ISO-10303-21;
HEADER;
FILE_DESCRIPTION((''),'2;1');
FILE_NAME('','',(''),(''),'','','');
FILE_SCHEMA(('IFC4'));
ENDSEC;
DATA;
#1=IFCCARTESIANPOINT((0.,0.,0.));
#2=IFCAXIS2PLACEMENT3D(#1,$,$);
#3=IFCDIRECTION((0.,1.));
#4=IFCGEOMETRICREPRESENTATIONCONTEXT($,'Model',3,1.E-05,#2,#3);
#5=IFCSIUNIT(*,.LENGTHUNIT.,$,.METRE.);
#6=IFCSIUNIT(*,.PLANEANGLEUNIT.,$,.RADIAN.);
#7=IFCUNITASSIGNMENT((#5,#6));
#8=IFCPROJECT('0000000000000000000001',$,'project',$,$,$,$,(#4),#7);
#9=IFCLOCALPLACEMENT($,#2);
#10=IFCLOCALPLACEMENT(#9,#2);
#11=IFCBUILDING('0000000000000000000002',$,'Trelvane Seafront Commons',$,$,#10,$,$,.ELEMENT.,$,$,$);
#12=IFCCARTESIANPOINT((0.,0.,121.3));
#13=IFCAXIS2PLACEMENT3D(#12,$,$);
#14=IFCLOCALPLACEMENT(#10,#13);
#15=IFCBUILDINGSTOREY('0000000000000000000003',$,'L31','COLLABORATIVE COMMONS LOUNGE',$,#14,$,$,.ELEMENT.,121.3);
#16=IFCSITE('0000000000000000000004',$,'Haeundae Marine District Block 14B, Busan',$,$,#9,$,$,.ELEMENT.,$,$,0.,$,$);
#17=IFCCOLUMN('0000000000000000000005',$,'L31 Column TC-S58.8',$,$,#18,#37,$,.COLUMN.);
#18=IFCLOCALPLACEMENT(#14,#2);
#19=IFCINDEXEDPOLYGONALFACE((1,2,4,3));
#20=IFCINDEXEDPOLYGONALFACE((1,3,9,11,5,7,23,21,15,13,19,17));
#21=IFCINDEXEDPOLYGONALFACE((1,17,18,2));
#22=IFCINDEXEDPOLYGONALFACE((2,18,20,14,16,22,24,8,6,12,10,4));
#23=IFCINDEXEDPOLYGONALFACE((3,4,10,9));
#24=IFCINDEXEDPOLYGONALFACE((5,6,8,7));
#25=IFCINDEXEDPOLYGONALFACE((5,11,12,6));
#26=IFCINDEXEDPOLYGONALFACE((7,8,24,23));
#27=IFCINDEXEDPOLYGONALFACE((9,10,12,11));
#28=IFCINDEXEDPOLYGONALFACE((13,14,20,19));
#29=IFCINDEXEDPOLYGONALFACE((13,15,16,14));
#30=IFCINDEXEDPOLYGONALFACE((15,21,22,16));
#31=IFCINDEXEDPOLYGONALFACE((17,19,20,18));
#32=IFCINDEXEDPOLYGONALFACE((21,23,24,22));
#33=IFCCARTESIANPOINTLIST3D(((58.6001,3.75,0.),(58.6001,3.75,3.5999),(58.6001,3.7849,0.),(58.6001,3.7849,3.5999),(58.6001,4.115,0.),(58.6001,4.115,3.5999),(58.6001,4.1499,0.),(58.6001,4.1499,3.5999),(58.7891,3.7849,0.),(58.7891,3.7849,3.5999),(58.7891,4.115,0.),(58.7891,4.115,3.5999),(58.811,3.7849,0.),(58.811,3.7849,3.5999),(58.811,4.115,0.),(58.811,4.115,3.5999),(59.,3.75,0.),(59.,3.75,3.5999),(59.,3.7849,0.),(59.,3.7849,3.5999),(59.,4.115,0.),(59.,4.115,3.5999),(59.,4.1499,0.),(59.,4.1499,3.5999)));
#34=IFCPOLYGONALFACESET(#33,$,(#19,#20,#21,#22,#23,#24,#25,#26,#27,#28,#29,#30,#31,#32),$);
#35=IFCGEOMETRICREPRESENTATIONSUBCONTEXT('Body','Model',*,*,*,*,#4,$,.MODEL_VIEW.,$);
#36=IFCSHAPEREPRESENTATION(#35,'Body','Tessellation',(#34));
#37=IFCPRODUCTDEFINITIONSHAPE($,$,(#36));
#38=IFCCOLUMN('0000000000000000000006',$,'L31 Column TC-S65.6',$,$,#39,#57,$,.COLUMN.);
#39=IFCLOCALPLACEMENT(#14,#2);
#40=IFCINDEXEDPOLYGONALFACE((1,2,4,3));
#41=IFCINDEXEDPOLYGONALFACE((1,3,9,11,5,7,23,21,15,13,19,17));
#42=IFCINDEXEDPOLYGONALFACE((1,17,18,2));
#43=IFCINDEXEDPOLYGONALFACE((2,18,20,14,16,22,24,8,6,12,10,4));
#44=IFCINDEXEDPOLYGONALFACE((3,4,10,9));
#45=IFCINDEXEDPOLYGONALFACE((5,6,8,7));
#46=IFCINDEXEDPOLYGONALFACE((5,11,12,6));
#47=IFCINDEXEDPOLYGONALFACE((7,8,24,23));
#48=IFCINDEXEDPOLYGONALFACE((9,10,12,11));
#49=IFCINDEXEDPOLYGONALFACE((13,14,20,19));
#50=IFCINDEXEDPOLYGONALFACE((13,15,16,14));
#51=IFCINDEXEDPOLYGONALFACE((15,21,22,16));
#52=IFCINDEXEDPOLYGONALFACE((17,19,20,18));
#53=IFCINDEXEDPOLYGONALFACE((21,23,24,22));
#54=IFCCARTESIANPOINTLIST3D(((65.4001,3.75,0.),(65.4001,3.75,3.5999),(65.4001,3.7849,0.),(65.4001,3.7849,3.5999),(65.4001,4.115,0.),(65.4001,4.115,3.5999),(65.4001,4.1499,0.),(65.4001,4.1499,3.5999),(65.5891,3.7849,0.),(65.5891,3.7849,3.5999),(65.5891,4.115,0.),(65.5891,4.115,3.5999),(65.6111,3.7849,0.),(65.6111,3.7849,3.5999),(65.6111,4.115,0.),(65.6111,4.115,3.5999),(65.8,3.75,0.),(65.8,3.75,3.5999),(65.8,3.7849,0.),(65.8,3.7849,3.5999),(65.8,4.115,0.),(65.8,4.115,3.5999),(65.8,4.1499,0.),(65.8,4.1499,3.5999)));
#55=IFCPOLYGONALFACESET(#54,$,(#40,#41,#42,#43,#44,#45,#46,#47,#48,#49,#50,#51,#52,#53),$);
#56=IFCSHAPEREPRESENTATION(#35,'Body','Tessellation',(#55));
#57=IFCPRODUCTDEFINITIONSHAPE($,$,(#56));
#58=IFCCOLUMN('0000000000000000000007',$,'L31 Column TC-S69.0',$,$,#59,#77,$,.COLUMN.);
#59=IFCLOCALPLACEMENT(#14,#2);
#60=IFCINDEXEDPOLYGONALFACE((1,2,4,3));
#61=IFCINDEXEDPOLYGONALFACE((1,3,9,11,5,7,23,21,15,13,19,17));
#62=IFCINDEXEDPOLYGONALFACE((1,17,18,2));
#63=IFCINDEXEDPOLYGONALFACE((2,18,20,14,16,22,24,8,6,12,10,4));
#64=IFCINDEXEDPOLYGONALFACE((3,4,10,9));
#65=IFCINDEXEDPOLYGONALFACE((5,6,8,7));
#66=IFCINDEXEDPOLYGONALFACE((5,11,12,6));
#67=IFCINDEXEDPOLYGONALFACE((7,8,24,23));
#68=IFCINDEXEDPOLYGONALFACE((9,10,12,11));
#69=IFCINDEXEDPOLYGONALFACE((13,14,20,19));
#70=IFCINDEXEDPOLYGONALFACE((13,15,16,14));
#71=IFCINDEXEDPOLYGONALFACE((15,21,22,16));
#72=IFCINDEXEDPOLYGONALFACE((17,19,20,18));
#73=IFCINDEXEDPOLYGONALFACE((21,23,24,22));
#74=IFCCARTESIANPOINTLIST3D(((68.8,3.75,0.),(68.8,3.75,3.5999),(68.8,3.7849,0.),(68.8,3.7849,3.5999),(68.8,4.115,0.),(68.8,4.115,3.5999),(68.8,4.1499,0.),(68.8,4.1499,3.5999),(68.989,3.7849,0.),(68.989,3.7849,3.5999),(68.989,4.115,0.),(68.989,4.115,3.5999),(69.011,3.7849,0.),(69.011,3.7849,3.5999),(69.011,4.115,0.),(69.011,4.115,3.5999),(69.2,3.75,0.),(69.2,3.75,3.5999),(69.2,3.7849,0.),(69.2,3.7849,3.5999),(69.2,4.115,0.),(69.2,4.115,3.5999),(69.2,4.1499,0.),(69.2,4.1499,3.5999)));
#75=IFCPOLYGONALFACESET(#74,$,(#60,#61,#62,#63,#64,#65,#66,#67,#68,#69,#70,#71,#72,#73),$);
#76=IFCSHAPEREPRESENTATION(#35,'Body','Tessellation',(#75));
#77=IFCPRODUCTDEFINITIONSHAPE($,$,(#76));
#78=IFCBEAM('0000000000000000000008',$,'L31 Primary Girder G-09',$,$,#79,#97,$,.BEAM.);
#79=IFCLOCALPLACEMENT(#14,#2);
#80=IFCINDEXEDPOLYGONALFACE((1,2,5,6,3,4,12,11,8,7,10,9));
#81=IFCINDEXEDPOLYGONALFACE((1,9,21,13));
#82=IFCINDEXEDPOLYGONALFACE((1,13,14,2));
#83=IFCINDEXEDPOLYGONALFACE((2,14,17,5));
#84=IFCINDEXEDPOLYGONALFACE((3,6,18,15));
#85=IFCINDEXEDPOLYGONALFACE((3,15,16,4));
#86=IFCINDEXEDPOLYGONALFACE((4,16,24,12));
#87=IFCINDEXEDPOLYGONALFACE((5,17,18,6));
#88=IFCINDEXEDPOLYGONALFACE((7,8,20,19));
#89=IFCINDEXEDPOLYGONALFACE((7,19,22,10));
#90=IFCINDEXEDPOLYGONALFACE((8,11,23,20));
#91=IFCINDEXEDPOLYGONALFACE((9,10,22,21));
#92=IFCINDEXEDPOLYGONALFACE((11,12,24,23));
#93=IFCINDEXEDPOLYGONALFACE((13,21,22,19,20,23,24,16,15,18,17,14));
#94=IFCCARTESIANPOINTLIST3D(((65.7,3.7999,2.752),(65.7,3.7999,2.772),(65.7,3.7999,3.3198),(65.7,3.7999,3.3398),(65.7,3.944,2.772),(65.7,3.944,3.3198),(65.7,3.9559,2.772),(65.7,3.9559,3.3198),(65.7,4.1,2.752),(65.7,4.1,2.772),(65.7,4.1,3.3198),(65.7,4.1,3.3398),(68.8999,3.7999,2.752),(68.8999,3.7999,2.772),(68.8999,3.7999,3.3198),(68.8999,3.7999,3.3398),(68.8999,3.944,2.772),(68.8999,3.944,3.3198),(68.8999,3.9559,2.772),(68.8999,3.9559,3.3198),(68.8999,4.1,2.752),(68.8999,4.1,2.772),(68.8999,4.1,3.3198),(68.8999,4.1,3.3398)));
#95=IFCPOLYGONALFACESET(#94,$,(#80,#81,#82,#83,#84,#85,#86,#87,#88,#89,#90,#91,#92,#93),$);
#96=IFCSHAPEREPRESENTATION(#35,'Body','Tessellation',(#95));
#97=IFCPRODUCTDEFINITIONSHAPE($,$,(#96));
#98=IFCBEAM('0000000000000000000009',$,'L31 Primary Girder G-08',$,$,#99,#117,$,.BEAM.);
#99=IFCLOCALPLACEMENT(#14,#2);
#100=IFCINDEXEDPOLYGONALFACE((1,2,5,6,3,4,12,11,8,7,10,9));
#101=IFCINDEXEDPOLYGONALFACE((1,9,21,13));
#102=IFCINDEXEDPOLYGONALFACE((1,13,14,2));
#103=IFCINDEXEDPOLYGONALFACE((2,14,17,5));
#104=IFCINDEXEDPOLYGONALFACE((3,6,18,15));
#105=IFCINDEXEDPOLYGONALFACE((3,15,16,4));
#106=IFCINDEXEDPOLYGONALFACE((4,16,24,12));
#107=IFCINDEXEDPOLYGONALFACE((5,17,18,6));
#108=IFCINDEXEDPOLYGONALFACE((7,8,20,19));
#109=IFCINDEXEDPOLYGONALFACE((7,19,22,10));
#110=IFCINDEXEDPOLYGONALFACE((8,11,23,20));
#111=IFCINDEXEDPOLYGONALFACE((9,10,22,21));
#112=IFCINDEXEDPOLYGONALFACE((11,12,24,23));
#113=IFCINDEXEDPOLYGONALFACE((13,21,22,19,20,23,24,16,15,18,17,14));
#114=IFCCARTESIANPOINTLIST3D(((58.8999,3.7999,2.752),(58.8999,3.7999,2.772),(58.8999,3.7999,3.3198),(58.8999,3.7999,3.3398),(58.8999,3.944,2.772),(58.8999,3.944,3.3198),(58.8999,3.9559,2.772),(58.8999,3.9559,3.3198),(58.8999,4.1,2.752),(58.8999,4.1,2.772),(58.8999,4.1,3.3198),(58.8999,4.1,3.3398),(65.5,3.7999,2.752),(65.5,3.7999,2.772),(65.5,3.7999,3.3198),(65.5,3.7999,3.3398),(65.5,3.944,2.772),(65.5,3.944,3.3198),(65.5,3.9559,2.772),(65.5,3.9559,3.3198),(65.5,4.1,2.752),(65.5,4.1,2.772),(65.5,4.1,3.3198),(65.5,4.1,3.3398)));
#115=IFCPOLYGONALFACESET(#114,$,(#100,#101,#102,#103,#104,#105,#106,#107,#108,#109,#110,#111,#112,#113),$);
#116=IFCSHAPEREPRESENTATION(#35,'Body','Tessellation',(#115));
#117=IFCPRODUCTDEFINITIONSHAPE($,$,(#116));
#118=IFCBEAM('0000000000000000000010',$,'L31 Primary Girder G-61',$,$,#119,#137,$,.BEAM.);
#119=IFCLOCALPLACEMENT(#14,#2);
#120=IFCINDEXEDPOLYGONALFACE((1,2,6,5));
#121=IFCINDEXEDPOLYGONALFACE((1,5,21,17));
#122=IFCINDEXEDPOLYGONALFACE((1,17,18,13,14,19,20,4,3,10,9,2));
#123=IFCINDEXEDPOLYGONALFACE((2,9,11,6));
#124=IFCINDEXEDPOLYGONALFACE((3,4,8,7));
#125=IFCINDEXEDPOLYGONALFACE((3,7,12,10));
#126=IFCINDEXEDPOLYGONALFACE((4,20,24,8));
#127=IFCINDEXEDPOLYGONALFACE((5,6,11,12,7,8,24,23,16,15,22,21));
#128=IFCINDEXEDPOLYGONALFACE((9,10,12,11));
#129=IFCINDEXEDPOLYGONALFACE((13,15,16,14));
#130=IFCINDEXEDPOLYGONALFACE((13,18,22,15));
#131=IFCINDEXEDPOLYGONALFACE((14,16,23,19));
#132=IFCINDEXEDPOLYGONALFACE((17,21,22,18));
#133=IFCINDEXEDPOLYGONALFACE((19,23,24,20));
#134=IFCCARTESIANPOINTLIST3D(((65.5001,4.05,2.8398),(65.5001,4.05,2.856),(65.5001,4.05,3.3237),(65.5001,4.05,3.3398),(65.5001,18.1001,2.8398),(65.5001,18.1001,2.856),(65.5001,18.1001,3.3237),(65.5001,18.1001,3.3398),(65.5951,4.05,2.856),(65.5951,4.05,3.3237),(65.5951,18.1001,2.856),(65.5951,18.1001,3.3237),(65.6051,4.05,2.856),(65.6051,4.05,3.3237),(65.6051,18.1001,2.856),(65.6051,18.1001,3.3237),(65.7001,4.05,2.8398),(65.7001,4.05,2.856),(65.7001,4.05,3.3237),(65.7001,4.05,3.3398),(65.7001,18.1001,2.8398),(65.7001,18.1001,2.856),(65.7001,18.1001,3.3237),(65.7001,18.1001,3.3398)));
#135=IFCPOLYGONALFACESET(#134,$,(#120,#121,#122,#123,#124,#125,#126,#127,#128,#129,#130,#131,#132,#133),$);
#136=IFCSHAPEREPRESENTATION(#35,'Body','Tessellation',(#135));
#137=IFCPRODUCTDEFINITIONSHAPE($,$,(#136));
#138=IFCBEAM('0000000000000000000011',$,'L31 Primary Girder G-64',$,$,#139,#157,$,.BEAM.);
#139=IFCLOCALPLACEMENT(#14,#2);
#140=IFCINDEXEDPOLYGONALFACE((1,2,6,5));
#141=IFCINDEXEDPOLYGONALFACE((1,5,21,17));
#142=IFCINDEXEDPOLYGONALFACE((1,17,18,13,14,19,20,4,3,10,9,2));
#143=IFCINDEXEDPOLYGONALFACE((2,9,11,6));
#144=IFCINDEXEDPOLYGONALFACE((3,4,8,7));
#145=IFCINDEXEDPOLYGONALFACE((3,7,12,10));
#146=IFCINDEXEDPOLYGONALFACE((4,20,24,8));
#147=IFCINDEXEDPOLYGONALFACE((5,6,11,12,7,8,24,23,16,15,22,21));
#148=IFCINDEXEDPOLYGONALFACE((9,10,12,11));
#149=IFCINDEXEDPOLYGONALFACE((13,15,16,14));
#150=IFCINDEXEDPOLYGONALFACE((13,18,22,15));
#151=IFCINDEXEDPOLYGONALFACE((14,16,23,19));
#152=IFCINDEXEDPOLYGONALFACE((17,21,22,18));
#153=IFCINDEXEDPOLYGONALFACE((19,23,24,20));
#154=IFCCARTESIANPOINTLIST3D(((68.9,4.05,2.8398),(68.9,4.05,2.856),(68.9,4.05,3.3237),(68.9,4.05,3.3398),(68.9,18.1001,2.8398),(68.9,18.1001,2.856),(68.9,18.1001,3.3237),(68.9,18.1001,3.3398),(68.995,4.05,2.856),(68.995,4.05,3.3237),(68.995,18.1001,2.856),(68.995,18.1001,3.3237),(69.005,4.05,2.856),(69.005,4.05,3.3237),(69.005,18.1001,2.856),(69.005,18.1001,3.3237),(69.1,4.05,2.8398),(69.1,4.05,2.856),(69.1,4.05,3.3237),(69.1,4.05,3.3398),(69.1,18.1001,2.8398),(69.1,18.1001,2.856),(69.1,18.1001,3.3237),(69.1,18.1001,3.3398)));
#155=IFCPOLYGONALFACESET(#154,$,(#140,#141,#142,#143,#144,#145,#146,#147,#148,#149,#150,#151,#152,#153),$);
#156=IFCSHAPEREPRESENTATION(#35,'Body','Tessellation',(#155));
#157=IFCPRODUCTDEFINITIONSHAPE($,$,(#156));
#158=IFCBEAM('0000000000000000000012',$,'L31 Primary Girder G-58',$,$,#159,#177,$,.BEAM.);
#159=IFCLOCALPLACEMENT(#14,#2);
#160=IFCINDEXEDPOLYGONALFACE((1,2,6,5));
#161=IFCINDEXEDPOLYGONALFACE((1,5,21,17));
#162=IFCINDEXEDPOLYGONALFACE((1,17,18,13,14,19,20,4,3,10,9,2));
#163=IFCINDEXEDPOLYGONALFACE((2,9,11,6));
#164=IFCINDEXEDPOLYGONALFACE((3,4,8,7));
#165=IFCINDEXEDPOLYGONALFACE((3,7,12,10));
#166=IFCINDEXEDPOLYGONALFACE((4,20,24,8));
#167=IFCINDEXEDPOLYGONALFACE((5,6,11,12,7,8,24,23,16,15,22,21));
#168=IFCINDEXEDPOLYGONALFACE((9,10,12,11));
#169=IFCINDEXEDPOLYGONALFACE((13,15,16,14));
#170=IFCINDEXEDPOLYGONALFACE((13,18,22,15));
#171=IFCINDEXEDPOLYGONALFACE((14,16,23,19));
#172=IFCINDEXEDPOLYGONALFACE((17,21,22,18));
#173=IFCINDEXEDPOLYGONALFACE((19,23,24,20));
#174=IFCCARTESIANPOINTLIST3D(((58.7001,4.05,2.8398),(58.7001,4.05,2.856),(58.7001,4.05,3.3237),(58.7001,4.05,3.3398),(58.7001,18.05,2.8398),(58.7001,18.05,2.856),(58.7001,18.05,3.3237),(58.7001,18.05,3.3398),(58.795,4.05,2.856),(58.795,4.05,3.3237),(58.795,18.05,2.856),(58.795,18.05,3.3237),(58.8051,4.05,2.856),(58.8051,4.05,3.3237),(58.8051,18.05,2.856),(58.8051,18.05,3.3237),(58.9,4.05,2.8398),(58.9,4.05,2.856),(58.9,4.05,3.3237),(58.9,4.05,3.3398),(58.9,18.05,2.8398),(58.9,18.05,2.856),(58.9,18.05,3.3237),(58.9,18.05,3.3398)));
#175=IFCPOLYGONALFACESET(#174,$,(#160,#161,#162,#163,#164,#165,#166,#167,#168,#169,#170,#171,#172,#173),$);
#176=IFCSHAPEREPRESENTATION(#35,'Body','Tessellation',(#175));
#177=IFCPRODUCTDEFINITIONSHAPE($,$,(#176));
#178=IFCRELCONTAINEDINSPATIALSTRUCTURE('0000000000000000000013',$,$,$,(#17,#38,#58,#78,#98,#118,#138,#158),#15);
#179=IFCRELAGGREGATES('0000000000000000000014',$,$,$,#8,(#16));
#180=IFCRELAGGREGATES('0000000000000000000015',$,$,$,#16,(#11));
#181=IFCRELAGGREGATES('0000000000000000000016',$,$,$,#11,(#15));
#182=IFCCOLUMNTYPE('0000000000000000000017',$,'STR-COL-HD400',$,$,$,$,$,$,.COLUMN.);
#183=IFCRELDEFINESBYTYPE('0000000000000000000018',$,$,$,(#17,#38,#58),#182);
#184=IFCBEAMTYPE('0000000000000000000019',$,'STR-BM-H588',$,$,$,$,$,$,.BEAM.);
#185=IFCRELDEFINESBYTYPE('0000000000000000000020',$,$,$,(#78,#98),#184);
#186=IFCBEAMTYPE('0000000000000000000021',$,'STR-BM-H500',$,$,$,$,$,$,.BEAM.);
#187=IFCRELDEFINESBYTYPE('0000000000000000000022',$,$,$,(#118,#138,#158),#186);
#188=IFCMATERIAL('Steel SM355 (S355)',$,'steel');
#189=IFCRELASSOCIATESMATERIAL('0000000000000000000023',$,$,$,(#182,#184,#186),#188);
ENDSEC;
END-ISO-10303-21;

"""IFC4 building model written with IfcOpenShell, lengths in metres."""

from ifc_helpers import new_model, si_unit, direction, frame, origin, origin_2d, place, context, subcontext, project, spatial, i_section, extrude, source, transform, mapped, material, material_profile, profile_set, type_object, element, save


model = new_model("IFC4")

# Units and contexts
model_context = context("Model", 3, precision=1e-05, world=origin(), true_north=direction((0.0, 1.0)))
body_context = subcontext(model_context, "Body", "Model", "MODEL_VIEW")
ifc_project = project(units=[si_unit("LENGTHUNIT", "METRE"), si_unit("PLANEANGLEUNIT", "RADIAN")], contexts=[model_context])

# Site, building, storey
site_placement = place(None, origin())
site = spatial("IfcSite", under=ifc_project, at=site_placement, Name="Haeundae Marine District Block 14B, Busan", CompositionType="ELEMENT", RefElevation=0.0)
building_placement = place(site_placement, origin())
building = spatial("IfcBuilding", under=site, at=building_placement, Name="Trelvane Seafront Commons", CompositionType="ELEMENT")
storey_placement = place(building_placement, frame((0.0, 0.0, 121.3)))
storey = spatial("IfcBuildingStorey", under=building, at=storey_placement, Name="L31", Description="COLLABORATIVE COMMONS LOUNGE", CompositionType="ELEMENT", Elevation=121.3)

# Columns
ifc_material_1 = material(Name="Steel SM355 (S355)", Category="steel")
ifc_material_profile_1 = material_profile(ifc_material_1, i_section(OverallWidth=0.3999, OverallDepth=0.3999, WebThickness=0.022, FlangeThickness=0.0349, at=origin_2d()), Name="HD-400x400x22x35")
ifc_profile_set_1 = profile_set([ifc_material_profile_1], Name="Steel SM355 (S355)")
column_type = type_object("IfcColumnType", Name="STR-COL-HD400", PredefinedType="COLUMN", material=ifc_profile_set_1)
shared_shape_1 = source(origin(), body_context, "Body", "SweptSolid", [
    extrude(i_section(OverallWidth=0.3999, OverallDepth=0.3999, WebThickness=0.022, FlangeThickness=0.0349, at=origin_2d()), origin(), (0.0, 0.0, 1.0), 3.5999),
])
for number, where, z_axis, x_axis, name in (
    (1, (58.8, 3.95, 0.0), (0.0, 0.0, 1.0), (1.0, 0.0, 0.0), "L31 Column TC-S58.8"),
    (2, (65.6001, 3.95, 0.0), (0.0, 0.0, 1.0), (1.0, 0.0, 0.0), "L31 Column TC-S65.6"),
    (3, (69.0, 3.95, 0.0), (0.0, 0.0, 1.0), (1.0, 0.0, 0.0), "L31 Column TC-S69.0"),
):
    element("IfcColumn", number, at=place(storey_placement, frame(where, z_axis=z_axis, x_axis=x_axis)), inside=storey, type_object=column_type, Name=name, PredefinedType="COLUMN", context=body_context, shape_type="MappedRepresentation", body=[
        mapped(shared_shape_1, transform((0.0, 0.0, 0.0), x_axis=(1.0, 0.0, 0.0), y_axis=(0.0, 1.0, 0.0), z_axis=(0.0, 0.0, 1.0), scale=1.0)),
    ])

# Beams
ifc_material_profile_2 = material_profile(ifc_material_1, i_section(OverallWidth=0.3, OverallDepth=0.5879, WebThickness=0.012, FlangeThickness=0.02, at=origin_2d()), Name="H-588x300x12x20")
ifc_profile_set_2 = profile_set([ifc_material_profile_2], Name="Steel SM355 (S355)")
beam_type_1 = type_object("IfcBeamType", Name="STR-BM-H588", PredefinedType="BEAM", material=ifc_profile_set_2)
shared_shape_2 = source(origin(), body_context, "Body", "SweptSolid", [
    extrude(i_section(OverallWidth=0.3, OverallDepth=0.5879, WebThickness=0.012, FlangeThickness=0.02, at=origin_2d()), origin(), (0.0, 0.0, 1.0), 3.2),
])
beam_1_placement = place(storey_placement, frame((65.7, 3.95, 3.0459), z_axis=(1.0, 0.0, 0.0), x_axis=(0.0, 1.0, 0.0)))
element("IfcBeam", 4, at=beam_1_placement, inside=storey, type_object=beam_type_1, Name="L31 Primary Girder G-09", PredefinedType="BEAM", context=body_context, shape_type="MappedRepresentation", body=[
    mapped(shared_shape_2, transform((0.0, 0.0, 0.0), x_axis=(1.0, 0.0, 0.0), y_axis=(0.0, 1.0, 0.0), z_axis=(0.0, 0.0, 1.0), scale=1.0)),
])
shared_shape_3 = source(origin(), body_context, "Body", "SweptSolid", [
    extrude(i_section(OverallWidth=0.3, OverallDepth=0.5879, WebThickness=0.012, FlangeThickness=0.02, at=origin_2d()), origin(), (0.0, 0.0, 1.0), 6.6001),
])
beam_2_placement = place(storey_placement, frame((58.8999, 3.95, 3.0459), z_axis=(1.0, 0.0, 0.0), x_axis=(0.0, 1.0, 0.0)))
element("IfcBeam", 5, at=beam_2_placement, inside=storey, type_object=beam_type_1, Name="L31 Primary Girder G-08", PredefinedType="BEAM", context=body_context, shape_type="MappedRepresentation", body=[
    mapped(shared_shape_3, transform((0.0, 0.0, 0.0), x_axis=(1.0, 0.0, 0.0), y_axis=(0.0, 1.0, 0.0), z_axis=(0.0, 0.0, 1.0), scale=1.0)),
])
ifc_material_profile_3 = material_profile(ifc_material_1, i_section(OverallWidth=0.2, OverallDepth=0.5, WebThickness=0.01, FlangeThickness=0.0161, at=origin_2d()), Name="H-500x200x10x16")
ifc_profile_set_3 = profile_set([ifc_material_profile_3], Name="Steel SM355 (S355)")
beam_type_2 = type_object("IfcBeamType", Name="STR-BM-H500", PredefinedType="BEAM", material=ifc_profile_set_3)
shared_shape_4 = source(origin(), body_context, "Body", "SweptSolid", [
    extrude(i_section(OverallWidth=0.2, OverallDepth=0.5, WebThickness=0.01, FlangeThickness=0.0161, at=origin_2d()), origin(), (0.0, 0.0, 1.0), 14.05),
])
for number, where, z_axis, x_axis, name in (
    (6, (65.6001, 4.05, 3.0898), (0.0, 1.0, 0.0), (-1.0, 0.0, 0.0), "L31 Primary Girder G-61"),
    (7, (69.0, 4.05, 3.0898), (0.0, 1.0, 0.0), (-1.0, 0.0, 0.0), "L31 Primary Girder G-64"),
):
    element("IfcBeam", number, at=place(storey_placement, frame(where, z_axis=z_axis, x_axis=x_axis)), inside=storey, type_object=beam_type_2, Name=name, PredefinedType="BEAM", context=body_context, shape_type="MappedRepresentation", body=[
        mapped(shared_shape_4, transform((0.0, 0.0, 0.0), x_axis=(1.0, 0.0, 0.0), y_axis=(0.0, 1.0, 0.0), z_axis=(0.0, 0.0, 1.0), scale=1.0)),
    ])
shared_shape_5 = source(origin(), body_context, "Body", "SweptSolid", [
    extrude(i_section(OverallWidth=0.2, OverallDepth=0.5, WebThickness=0.01, FlangeThickness=0.0161, at=origin_2d()), origin(), (0.0, 0.0, 1.0), 14.0),
])
beam_3_placement = place(storey_placement, frame((58.8, 4.05, 3.0898), z_axis=(0.0, 1.0, 0.0), x_axis=(-1.0, 0.0, 0.0)))
element("IfcBeam", 8, at=beam_3_placement, inside=storey, type_object=beam_type_2, Name="L31 Primary Girder G-58", PredefinedType="BEAM", context=body_context, shape_type="MappedRepresentation", body=[
    mapped(shared_shape_5, transform((0.0, 0.0, 0.0), x_axis=(1.0, 0.0, 0.0), y_axis=(0.0, 1.0, 0.0), z_axis=(0.0, 0.0, 1.0), scale=1.0)),
])

save(model, "model.ifc")
